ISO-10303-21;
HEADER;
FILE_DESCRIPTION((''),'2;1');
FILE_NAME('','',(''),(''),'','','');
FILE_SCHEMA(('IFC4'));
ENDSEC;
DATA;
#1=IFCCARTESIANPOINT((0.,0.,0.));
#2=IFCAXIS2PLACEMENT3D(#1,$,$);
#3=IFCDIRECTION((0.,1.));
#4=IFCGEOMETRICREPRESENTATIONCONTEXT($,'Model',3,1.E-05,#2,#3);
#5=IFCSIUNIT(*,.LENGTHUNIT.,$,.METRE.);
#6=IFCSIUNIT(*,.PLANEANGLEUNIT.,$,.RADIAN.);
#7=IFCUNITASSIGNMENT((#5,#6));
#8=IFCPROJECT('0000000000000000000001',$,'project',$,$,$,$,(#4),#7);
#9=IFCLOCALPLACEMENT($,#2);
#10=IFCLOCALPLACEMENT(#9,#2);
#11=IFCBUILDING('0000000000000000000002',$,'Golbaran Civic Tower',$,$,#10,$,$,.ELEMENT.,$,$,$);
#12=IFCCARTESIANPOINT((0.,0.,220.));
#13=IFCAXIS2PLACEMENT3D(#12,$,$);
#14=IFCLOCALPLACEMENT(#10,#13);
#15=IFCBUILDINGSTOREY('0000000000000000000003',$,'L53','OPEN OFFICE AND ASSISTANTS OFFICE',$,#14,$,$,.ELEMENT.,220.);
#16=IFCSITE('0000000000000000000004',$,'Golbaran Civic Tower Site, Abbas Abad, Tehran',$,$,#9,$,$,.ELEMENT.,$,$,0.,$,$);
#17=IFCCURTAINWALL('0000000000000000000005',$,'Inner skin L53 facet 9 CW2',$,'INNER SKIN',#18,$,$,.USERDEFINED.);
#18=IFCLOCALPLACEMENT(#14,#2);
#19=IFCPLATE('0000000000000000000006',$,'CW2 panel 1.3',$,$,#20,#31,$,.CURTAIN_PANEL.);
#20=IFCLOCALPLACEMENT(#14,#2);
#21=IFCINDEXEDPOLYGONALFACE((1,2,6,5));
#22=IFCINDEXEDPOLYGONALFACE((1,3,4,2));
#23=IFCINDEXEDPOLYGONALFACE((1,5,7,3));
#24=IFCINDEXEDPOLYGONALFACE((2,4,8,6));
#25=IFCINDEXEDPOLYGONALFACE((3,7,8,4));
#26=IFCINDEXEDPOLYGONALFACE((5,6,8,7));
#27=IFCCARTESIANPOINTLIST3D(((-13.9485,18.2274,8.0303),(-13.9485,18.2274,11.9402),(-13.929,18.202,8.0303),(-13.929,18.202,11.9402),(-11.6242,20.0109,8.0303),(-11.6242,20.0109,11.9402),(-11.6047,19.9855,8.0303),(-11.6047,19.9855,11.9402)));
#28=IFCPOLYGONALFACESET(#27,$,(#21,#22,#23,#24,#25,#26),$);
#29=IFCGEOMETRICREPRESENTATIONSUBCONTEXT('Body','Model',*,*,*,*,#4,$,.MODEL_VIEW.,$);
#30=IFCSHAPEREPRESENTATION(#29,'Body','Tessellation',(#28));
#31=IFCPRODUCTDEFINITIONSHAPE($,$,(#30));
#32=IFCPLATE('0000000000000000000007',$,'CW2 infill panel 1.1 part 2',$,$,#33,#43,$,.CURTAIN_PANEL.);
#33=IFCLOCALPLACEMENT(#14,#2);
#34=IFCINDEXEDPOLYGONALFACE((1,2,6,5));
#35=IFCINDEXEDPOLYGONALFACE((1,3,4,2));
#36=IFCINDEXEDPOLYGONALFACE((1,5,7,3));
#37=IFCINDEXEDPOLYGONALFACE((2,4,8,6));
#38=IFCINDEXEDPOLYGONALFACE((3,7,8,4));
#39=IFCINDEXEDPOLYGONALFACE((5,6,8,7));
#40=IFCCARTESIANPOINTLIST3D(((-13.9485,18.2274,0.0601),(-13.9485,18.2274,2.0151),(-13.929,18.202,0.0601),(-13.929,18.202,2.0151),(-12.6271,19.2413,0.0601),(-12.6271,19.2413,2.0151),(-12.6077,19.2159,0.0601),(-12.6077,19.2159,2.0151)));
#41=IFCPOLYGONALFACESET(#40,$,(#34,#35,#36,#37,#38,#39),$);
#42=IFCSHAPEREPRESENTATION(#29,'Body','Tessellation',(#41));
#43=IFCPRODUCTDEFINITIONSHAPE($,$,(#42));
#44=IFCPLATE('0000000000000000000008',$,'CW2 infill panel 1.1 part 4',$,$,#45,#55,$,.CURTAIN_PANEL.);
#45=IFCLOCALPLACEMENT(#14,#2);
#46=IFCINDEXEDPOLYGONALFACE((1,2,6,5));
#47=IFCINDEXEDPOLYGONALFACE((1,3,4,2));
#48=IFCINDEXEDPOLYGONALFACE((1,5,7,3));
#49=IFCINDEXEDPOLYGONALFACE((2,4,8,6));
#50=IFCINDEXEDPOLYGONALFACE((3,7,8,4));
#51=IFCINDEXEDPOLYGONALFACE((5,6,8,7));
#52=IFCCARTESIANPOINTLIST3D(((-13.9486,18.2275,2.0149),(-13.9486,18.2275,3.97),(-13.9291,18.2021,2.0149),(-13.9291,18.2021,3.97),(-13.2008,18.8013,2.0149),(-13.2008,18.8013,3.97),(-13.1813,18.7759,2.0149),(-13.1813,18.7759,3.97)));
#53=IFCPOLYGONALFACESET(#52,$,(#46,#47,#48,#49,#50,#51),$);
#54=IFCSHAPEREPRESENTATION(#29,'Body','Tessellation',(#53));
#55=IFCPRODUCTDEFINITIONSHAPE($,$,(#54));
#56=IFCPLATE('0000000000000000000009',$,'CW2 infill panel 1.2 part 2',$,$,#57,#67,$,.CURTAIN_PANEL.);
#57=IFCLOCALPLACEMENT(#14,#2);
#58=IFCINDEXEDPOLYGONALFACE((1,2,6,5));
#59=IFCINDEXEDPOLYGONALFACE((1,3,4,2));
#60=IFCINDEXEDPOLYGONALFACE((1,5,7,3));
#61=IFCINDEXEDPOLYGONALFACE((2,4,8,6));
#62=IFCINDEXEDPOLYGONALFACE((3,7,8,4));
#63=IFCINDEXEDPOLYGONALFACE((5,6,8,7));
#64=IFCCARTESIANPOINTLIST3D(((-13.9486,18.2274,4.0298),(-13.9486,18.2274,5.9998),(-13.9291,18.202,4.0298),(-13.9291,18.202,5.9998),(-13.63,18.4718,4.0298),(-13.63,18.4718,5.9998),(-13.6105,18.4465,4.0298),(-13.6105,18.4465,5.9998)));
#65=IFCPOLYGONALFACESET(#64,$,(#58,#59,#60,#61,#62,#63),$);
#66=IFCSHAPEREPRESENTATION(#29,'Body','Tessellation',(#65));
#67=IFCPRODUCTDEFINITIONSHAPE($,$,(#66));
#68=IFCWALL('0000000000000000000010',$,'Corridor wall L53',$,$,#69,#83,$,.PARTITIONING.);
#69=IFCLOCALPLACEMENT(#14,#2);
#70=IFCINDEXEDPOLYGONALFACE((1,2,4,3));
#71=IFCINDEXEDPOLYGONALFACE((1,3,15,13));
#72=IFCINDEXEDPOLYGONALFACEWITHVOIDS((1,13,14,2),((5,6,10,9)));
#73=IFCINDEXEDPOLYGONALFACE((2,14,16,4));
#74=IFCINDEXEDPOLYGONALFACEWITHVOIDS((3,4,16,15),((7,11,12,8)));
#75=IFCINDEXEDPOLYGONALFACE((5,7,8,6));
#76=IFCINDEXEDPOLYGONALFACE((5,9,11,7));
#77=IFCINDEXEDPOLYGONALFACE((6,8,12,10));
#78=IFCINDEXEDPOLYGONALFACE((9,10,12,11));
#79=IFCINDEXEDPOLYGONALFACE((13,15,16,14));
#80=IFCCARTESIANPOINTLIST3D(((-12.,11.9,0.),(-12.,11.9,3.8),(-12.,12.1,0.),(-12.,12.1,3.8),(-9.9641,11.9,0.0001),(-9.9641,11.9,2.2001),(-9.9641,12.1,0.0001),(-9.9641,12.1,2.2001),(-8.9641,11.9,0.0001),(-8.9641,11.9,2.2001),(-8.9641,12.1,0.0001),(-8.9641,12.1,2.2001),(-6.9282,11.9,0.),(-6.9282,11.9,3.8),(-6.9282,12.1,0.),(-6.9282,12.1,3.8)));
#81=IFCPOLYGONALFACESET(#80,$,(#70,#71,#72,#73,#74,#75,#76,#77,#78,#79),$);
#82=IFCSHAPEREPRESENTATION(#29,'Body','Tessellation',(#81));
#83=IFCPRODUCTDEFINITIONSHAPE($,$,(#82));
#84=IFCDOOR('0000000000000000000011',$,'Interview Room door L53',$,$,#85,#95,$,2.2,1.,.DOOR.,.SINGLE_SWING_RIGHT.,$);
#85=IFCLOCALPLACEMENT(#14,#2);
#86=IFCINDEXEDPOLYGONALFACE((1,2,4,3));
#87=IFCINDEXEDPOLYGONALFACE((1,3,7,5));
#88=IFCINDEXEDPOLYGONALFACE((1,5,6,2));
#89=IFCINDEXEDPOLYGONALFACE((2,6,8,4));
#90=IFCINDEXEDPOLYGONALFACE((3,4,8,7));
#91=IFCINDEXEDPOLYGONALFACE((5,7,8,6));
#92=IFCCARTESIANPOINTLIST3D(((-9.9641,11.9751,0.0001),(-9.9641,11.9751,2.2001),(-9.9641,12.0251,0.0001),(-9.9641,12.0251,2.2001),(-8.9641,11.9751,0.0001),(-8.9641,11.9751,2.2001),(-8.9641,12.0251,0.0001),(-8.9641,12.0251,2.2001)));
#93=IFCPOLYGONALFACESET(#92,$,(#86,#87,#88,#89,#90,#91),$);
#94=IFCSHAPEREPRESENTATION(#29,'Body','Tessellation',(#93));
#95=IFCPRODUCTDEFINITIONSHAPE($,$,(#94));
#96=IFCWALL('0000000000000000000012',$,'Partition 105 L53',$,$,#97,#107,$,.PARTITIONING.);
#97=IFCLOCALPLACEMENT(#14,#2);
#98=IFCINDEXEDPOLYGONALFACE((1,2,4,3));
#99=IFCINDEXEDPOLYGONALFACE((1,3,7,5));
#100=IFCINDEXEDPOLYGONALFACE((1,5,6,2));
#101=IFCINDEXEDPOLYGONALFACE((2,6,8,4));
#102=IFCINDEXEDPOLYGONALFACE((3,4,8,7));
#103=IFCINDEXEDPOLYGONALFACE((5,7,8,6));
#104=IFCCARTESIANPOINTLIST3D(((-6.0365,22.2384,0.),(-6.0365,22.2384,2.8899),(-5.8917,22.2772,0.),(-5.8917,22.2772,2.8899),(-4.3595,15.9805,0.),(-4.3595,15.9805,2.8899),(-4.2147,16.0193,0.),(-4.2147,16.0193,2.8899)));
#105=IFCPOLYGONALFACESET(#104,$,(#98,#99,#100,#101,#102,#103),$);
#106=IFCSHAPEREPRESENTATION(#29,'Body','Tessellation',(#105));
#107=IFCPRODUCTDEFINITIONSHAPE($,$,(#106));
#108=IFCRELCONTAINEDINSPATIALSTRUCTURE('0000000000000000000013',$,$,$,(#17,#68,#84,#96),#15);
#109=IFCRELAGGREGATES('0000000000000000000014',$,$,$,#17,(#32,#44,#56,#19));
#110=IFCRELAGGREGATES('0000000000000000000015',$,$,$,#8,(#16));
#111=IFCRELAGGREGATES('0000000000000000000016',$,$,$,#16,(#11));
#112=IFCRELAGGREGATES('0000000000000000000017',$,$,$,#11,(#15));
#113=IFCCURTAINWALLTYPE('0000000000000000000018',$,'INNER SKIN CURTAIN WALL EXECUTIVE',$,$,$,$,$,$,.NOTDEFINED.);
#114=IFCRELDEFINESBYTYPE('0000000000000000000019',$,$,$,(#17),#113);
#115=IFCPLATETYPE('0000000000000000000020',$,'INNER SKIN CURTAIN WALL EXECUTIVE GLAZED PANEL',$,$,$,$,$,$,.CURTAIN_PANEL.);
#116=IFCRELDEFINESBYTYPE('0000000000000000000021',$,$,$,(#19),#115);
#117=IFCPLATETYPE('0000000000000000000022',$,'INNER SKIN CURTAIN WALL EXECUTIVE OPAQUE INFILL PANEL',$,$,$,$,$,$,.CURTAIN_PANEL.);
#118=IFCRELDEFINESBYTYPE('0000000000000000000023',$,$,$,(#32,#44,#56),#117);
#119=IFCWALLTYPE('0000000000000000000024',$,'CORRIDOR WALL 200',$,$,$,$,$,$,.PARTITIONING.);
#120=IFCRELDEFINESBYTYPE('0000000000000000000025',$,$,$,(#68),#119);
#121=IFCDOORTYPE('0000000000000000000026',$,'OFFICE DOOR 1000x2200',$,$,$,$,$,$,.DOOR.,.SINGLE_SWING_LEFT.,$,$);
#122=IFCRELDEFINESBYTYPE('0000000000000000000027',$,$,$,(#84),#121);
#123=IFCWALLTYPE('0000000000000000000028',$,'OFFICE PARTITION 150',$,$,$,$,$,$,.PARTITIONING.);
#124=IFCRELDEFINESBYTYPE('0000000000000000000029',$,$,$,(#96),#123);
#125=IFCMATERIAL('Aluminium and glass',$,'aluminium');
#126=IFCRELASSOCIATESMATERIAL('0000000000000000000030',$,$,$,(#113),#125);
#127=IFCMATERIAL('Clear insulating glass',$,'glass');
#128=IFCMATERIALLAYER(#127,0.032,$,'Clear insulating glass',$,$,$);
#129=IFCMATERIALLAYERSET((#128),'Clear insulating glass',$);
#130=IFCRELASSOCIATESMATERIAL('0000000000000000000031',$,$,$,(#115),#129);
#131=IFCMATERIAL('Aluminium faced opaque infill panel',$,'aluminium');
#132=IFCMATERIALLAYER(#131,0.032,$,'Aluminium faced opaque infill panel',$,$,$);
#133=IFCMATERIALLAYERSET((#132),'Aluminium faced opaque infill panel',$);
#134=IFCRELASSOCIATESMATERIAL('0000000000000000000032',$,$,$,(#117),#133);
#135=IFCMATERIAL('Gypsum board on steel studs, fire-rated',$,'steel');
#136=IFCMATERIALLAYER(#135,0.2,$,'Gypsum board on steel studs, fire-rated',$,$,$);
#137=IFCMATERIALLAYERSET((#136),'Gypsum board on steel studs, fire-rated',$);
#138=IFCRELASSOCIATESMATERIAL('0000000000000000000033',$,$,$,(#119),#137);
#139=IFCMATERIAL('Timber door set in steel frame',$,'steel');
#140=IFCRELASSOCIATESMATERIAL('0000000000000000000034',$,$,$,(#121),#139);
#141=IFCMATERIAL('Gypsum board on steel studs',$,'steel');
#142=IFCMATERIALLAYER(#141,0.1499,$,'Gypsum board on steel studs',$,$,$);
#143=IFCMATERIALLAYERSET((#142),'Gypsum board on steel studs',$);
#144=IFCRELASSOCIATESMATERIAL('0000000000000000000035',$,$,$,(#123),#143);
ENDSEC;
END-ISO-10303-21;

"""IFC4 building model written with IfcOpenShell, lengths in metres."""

from ifc_helpers import new_model, si_unit, direction, frame, frame_2d, origin, origin_2d, place, context, subcontext, project, spatial, rectangle, extrude, material, layer, layer_set, type_object, element, fill, aggregate, save


model = new_model("IFC4")

# Units and contexts
model_context = context("Model", 3, precision=1e-05, world=origin(), true_north=direction((0.0, 1.0)))
body_context = subcontext(model_context, "Body", "Model", "MODEL_VIEW")
ifc_project = project(units=[si_unit("LENGTHUNIT", "METRE"), si_unit("PLANEANGLEUNIT", "RADIAN")], contexts=[model_context])

# Site, building, storey
site_placement = place(None, origin())
site = spatial("IfcSite", under=ifc_project, at=site_placement, Name="Golbaran Civic Tower Site, Abbas Abad, Tehran", CompositionType="ELEMENT", RefElevation=0.0)
building_placement = place(site_placement, origin())
building = spatial("IfcBuilding", under=site, at=building_placement, Name="Golbaran Civic Tower", CompositionType="ELEMENT")
storey_placement = place(building_placement, frame((0.0, 0.0, 220.0)))
storey = spatial("IfcBuildingStorey", under=building, at=storey_placement, Name="L53", Description="OPEN OFFICE AND ASSISTANTS OFFICE", CompositionType="ELEMENT", Elevation=220.0)

# Shared definitions
ifc_material_1 = material(Name="Aluminium and glass", Category="aluminium")
curtain_wall_type = type_object("IfcCurtainWallType", Name="INNER SKIN CURTAIN WALL EXECUTIVE", PredefinedType="NOTDEFINED", material=ifc_material_1)

# Curtain wall
curtain_wall_1_placement = place(storey_placement, origin())
curtain_wall_1 = element("IfcCurtainWall", 1, at=curtain_wall_1_placement, inside=storey, type_object=curtain_wall_type, Name="Inner skin L53 facet 9 CW2", ObjectType="INNER SKIN", PredefinedType="USERDEFINED")

# Plates
ifc_material_2 = material(Name="Clear insulating glass", Category="glass")
ifc_layer_1 = layer(ifc_material_2, 0.032, Name="Clear insulating glass")
ifc_layer_set_1 = layer_set([ifc_layer_1], Name="Clear insulating glass")
plate_type_1 = type_object("IfcPlateType", Name="INNER SKIN CURTAIN WALL EXECUTIVE GLAZED PANEL", PredefinedType="CURTAIN_PANEL", material=ifc_layer_set_1)
plate_1_placement = place(storey_placement, frame((-12.7766, 19.1064, 8.0303), z_axis=(0.0, 0.0, 1.0), x_axis=(-0.793353, -0.608761, 0.0)))
plate_1 = element("IfcPlate", 2, at=plate_1_placement, type_object=plate_type_1, Name="CW2 panel 1.3", PredefinedType="CURTAIN_PANEL", context=body_context, shape_type="SweptSolid", body=[
    extrude(rectangle(XDim=2.9297, YDim=0.032, at=origin_2d()), origin(), (0.0, 0.0, 1.0), 3.9099),
])
ifc_material_3 = material(Name="Aluminium faced opaque infill panel", Category="aluminium")
ifc_layer_2 = layer(ifc_material_3, 0.032, Name="Aluminium faced opaque infill panel")
ifc_layer_set_2 = layer_set([ifc_layer_2], Name="Aluminium faced opaque infill panel")
plate_type_2 = type_object("IfcPlateType", Name="INNER SKIN CURTAIN WALL EXECUTIVE OPAQUE INFILL PANEL", PredefinedType="CURTAIN_PANEL", material=ifc_layer_set_2)
plate_2_placement = place(storey_placement, frame((-13.2781, 18.7217, 0.0601), z_axis=(0.0, 0.0, 1.0), x_axis=(-0.793353, -0.608761, 0.0)))
plate_2 = element("IfcPlate", 3, at=plate_2_placement, type_object=plate_type_2, Name="CW2 infill panel 1.1 part 2", PredefinedType="CURTAIN_PANEL", context=body_context, shape_type="SweptSolid", body=[
    extrude(rectangle(XDim=1.6655, YDim=0.032, at=origin_2d()), origin(), (0.0, 0.0, 1.0), 1.9551),
])
plate_3_placement = place(storey_placement, frame((-13.5649, 18.5017, 2.0149), z_axis=(0.0, 0.0, 1.0), x_axis=(-0.793353, -0.608761, 0.0)))
plate_3 = element("IfcPlate", 4, at=plate_3_placement, type_object=plate_type_2, Name="CW2 infill panel 1.1 part 4", PredefinedType="CURTAIN_PANEL", context=body_context, shape_type="SweptSolid", body=[
    extrude(rectangle(XDim=0.9426, YDim=0.032, at=origin_2d()), origin(), (0.0, 0.0, 1.0), 1.9551),
])
plate_4_placement = place(storey_placement, frame((-13.7795, 18.3369, 4.0298), z_axis=(0.0, 0.0, 1.0), x_axis=(-0.793353, -0.608761, 0.0)))
plate_4 = element("IfcPlate", 5, at=plate_4_placement, type_object=plate_type_2, Name="CW2 infill panel 1.2 part 2", PredefinedType="CURTAIN_PANEL", context=body_context, shape_type="SweptSolid", body=[
    extrude(rectangle(XDim=0.4016, YDim=0.032, at=origin_2d()), origin(), (0.0, 0.0, 1.0), 1.97),
])
aggregate(curtain_wall_1, [plate_2, plate_3, plate_4, plate_1])

# Wall, opening, door
ifc_material_4 = material(Name="Gypsum board on steel studs, fire-rated", Category="steel")
ifc_layer_3 = layer(ifc_material_4, 0.2, Name="Gypsum board on steel studs, fire-rated")
ifc_layer_set_3 = layer_set([ifc_layer_3], Name="Gypsum board on steel studs, fire-rated")
wall_type_1 = type_object("IfcWallType", Name="CORRIDOR WALL 200", PredefinedType="PARTITIONING", material=ifc_layer_set_3)
wall_1_placement = place(storey_placement, frame((-6.9282, 12.0, 0.0), z_axis=(0.0, 0.0, 1.0), x_axis=(-1.0, 0.0, 0.0)))
wall_1 = element("IfcWall", 6, at=wall_1_placement, inside=storey, type_object=wall_type_1, Name="Corridor wall L53", PredefinedType="PARTITIONING", context=body_context, shape_type="SweptSolid", body=[
    extrude(rectangle(XDim=5.0718, YDim=0.2, at=frame_2d((2.5359, 0.0))), origin(), (0.0, 0.0, 1.0), 3.8),
])
opening_placement = place(wall_1_placement, frame((2.0359, 0.0, 0.0)))
opening = element("IfcOpeningElement", 7, at=opening_placement, cuts=wall_1, PredefinedType="OPENING", context=body_context, shape_type="SweptSolid", body=[
    extrude(rectangle(XDim=1.0, YDim=2.2, at=frame_2d((0.5, 1.1001))), frame((0.0, 0.1099, 0.0), z_axis=(0.0, -1.0, 0.0), x_axis=(1.0, 0.0, 0.0)), (0.0, 0.0, 1.0), 0.22),
])
ifc_material_5 = material(Name="Timber door set in steel frame", Category="steel")
door_type = type_object("IfcDoorType", Name="OFFICE DOOR 1000x2200", OperationType="SINGLE_SWING_LEFT", PredefinedType="DOOR", material=ifc_material_5)
door_placement = place(opening_placement, origin())
door = element("IfcDoor", 8, at=door_placement, inside=storey, type_object=door_type, Name="Interview Room door L53", OperationType="SINGLE_SWING_RIGHT", OverallHeight=2.2, OverallWidth=1.0, PredefinedType="DOOR", context=body_context, shape_type="SweptSolid", body=[
    extrude(rectangle(XDim=1.0, YDim=2.2, at=frame_2d((0.5, 1.1001))), frame((0.0, 0.0249, 0.0), z_axis=(0.0, -1.0, 0.0), x_axis=(1.0, 0.0, 0.0)), (0.0, 0.0, 1.0), 0.05),
])
fill(opening, door)

# Wall
ifc_material_6 = material(Name="Gypsum board on steel studs", Category="steel")
ifc_layer_4 = layer(ifc_material_6, 0.1499, Name="Gypsum board on steel studs")
ifc_layer_set_4 = layer_set([ifc_layer_4], Name="Gypsum board on steel studs")
wall_type_2 = type_object("IfcWallType", Name="OFFICE PARTITION 150", PredefinedType="PARTITIONING", material=ifc_layer_set_4)
wall_2_placement = place(storey_placement, frame((-4.2871, 16.0, 0.0), z_axis=(0.0, 0.0, 1.0), x_axis=(-0.258842, 0.96592, 0.0)))
element("IfcWall", 9, at=wall_2_placement, inside=storey, type_object=wall_type_2, Name="Partition 105 L53", PredefinedType="PARTITIONING", context=body_context, shape_type="SweptSolid", body=[
    extrude(rectangle(XDim=6.4788, YDim=0.1499, at=frame_2d((3.2393, 0.0))), origin(), (0.0, 0.0, 1.0), 2.8899),
])

save(model, "model.ifc")
